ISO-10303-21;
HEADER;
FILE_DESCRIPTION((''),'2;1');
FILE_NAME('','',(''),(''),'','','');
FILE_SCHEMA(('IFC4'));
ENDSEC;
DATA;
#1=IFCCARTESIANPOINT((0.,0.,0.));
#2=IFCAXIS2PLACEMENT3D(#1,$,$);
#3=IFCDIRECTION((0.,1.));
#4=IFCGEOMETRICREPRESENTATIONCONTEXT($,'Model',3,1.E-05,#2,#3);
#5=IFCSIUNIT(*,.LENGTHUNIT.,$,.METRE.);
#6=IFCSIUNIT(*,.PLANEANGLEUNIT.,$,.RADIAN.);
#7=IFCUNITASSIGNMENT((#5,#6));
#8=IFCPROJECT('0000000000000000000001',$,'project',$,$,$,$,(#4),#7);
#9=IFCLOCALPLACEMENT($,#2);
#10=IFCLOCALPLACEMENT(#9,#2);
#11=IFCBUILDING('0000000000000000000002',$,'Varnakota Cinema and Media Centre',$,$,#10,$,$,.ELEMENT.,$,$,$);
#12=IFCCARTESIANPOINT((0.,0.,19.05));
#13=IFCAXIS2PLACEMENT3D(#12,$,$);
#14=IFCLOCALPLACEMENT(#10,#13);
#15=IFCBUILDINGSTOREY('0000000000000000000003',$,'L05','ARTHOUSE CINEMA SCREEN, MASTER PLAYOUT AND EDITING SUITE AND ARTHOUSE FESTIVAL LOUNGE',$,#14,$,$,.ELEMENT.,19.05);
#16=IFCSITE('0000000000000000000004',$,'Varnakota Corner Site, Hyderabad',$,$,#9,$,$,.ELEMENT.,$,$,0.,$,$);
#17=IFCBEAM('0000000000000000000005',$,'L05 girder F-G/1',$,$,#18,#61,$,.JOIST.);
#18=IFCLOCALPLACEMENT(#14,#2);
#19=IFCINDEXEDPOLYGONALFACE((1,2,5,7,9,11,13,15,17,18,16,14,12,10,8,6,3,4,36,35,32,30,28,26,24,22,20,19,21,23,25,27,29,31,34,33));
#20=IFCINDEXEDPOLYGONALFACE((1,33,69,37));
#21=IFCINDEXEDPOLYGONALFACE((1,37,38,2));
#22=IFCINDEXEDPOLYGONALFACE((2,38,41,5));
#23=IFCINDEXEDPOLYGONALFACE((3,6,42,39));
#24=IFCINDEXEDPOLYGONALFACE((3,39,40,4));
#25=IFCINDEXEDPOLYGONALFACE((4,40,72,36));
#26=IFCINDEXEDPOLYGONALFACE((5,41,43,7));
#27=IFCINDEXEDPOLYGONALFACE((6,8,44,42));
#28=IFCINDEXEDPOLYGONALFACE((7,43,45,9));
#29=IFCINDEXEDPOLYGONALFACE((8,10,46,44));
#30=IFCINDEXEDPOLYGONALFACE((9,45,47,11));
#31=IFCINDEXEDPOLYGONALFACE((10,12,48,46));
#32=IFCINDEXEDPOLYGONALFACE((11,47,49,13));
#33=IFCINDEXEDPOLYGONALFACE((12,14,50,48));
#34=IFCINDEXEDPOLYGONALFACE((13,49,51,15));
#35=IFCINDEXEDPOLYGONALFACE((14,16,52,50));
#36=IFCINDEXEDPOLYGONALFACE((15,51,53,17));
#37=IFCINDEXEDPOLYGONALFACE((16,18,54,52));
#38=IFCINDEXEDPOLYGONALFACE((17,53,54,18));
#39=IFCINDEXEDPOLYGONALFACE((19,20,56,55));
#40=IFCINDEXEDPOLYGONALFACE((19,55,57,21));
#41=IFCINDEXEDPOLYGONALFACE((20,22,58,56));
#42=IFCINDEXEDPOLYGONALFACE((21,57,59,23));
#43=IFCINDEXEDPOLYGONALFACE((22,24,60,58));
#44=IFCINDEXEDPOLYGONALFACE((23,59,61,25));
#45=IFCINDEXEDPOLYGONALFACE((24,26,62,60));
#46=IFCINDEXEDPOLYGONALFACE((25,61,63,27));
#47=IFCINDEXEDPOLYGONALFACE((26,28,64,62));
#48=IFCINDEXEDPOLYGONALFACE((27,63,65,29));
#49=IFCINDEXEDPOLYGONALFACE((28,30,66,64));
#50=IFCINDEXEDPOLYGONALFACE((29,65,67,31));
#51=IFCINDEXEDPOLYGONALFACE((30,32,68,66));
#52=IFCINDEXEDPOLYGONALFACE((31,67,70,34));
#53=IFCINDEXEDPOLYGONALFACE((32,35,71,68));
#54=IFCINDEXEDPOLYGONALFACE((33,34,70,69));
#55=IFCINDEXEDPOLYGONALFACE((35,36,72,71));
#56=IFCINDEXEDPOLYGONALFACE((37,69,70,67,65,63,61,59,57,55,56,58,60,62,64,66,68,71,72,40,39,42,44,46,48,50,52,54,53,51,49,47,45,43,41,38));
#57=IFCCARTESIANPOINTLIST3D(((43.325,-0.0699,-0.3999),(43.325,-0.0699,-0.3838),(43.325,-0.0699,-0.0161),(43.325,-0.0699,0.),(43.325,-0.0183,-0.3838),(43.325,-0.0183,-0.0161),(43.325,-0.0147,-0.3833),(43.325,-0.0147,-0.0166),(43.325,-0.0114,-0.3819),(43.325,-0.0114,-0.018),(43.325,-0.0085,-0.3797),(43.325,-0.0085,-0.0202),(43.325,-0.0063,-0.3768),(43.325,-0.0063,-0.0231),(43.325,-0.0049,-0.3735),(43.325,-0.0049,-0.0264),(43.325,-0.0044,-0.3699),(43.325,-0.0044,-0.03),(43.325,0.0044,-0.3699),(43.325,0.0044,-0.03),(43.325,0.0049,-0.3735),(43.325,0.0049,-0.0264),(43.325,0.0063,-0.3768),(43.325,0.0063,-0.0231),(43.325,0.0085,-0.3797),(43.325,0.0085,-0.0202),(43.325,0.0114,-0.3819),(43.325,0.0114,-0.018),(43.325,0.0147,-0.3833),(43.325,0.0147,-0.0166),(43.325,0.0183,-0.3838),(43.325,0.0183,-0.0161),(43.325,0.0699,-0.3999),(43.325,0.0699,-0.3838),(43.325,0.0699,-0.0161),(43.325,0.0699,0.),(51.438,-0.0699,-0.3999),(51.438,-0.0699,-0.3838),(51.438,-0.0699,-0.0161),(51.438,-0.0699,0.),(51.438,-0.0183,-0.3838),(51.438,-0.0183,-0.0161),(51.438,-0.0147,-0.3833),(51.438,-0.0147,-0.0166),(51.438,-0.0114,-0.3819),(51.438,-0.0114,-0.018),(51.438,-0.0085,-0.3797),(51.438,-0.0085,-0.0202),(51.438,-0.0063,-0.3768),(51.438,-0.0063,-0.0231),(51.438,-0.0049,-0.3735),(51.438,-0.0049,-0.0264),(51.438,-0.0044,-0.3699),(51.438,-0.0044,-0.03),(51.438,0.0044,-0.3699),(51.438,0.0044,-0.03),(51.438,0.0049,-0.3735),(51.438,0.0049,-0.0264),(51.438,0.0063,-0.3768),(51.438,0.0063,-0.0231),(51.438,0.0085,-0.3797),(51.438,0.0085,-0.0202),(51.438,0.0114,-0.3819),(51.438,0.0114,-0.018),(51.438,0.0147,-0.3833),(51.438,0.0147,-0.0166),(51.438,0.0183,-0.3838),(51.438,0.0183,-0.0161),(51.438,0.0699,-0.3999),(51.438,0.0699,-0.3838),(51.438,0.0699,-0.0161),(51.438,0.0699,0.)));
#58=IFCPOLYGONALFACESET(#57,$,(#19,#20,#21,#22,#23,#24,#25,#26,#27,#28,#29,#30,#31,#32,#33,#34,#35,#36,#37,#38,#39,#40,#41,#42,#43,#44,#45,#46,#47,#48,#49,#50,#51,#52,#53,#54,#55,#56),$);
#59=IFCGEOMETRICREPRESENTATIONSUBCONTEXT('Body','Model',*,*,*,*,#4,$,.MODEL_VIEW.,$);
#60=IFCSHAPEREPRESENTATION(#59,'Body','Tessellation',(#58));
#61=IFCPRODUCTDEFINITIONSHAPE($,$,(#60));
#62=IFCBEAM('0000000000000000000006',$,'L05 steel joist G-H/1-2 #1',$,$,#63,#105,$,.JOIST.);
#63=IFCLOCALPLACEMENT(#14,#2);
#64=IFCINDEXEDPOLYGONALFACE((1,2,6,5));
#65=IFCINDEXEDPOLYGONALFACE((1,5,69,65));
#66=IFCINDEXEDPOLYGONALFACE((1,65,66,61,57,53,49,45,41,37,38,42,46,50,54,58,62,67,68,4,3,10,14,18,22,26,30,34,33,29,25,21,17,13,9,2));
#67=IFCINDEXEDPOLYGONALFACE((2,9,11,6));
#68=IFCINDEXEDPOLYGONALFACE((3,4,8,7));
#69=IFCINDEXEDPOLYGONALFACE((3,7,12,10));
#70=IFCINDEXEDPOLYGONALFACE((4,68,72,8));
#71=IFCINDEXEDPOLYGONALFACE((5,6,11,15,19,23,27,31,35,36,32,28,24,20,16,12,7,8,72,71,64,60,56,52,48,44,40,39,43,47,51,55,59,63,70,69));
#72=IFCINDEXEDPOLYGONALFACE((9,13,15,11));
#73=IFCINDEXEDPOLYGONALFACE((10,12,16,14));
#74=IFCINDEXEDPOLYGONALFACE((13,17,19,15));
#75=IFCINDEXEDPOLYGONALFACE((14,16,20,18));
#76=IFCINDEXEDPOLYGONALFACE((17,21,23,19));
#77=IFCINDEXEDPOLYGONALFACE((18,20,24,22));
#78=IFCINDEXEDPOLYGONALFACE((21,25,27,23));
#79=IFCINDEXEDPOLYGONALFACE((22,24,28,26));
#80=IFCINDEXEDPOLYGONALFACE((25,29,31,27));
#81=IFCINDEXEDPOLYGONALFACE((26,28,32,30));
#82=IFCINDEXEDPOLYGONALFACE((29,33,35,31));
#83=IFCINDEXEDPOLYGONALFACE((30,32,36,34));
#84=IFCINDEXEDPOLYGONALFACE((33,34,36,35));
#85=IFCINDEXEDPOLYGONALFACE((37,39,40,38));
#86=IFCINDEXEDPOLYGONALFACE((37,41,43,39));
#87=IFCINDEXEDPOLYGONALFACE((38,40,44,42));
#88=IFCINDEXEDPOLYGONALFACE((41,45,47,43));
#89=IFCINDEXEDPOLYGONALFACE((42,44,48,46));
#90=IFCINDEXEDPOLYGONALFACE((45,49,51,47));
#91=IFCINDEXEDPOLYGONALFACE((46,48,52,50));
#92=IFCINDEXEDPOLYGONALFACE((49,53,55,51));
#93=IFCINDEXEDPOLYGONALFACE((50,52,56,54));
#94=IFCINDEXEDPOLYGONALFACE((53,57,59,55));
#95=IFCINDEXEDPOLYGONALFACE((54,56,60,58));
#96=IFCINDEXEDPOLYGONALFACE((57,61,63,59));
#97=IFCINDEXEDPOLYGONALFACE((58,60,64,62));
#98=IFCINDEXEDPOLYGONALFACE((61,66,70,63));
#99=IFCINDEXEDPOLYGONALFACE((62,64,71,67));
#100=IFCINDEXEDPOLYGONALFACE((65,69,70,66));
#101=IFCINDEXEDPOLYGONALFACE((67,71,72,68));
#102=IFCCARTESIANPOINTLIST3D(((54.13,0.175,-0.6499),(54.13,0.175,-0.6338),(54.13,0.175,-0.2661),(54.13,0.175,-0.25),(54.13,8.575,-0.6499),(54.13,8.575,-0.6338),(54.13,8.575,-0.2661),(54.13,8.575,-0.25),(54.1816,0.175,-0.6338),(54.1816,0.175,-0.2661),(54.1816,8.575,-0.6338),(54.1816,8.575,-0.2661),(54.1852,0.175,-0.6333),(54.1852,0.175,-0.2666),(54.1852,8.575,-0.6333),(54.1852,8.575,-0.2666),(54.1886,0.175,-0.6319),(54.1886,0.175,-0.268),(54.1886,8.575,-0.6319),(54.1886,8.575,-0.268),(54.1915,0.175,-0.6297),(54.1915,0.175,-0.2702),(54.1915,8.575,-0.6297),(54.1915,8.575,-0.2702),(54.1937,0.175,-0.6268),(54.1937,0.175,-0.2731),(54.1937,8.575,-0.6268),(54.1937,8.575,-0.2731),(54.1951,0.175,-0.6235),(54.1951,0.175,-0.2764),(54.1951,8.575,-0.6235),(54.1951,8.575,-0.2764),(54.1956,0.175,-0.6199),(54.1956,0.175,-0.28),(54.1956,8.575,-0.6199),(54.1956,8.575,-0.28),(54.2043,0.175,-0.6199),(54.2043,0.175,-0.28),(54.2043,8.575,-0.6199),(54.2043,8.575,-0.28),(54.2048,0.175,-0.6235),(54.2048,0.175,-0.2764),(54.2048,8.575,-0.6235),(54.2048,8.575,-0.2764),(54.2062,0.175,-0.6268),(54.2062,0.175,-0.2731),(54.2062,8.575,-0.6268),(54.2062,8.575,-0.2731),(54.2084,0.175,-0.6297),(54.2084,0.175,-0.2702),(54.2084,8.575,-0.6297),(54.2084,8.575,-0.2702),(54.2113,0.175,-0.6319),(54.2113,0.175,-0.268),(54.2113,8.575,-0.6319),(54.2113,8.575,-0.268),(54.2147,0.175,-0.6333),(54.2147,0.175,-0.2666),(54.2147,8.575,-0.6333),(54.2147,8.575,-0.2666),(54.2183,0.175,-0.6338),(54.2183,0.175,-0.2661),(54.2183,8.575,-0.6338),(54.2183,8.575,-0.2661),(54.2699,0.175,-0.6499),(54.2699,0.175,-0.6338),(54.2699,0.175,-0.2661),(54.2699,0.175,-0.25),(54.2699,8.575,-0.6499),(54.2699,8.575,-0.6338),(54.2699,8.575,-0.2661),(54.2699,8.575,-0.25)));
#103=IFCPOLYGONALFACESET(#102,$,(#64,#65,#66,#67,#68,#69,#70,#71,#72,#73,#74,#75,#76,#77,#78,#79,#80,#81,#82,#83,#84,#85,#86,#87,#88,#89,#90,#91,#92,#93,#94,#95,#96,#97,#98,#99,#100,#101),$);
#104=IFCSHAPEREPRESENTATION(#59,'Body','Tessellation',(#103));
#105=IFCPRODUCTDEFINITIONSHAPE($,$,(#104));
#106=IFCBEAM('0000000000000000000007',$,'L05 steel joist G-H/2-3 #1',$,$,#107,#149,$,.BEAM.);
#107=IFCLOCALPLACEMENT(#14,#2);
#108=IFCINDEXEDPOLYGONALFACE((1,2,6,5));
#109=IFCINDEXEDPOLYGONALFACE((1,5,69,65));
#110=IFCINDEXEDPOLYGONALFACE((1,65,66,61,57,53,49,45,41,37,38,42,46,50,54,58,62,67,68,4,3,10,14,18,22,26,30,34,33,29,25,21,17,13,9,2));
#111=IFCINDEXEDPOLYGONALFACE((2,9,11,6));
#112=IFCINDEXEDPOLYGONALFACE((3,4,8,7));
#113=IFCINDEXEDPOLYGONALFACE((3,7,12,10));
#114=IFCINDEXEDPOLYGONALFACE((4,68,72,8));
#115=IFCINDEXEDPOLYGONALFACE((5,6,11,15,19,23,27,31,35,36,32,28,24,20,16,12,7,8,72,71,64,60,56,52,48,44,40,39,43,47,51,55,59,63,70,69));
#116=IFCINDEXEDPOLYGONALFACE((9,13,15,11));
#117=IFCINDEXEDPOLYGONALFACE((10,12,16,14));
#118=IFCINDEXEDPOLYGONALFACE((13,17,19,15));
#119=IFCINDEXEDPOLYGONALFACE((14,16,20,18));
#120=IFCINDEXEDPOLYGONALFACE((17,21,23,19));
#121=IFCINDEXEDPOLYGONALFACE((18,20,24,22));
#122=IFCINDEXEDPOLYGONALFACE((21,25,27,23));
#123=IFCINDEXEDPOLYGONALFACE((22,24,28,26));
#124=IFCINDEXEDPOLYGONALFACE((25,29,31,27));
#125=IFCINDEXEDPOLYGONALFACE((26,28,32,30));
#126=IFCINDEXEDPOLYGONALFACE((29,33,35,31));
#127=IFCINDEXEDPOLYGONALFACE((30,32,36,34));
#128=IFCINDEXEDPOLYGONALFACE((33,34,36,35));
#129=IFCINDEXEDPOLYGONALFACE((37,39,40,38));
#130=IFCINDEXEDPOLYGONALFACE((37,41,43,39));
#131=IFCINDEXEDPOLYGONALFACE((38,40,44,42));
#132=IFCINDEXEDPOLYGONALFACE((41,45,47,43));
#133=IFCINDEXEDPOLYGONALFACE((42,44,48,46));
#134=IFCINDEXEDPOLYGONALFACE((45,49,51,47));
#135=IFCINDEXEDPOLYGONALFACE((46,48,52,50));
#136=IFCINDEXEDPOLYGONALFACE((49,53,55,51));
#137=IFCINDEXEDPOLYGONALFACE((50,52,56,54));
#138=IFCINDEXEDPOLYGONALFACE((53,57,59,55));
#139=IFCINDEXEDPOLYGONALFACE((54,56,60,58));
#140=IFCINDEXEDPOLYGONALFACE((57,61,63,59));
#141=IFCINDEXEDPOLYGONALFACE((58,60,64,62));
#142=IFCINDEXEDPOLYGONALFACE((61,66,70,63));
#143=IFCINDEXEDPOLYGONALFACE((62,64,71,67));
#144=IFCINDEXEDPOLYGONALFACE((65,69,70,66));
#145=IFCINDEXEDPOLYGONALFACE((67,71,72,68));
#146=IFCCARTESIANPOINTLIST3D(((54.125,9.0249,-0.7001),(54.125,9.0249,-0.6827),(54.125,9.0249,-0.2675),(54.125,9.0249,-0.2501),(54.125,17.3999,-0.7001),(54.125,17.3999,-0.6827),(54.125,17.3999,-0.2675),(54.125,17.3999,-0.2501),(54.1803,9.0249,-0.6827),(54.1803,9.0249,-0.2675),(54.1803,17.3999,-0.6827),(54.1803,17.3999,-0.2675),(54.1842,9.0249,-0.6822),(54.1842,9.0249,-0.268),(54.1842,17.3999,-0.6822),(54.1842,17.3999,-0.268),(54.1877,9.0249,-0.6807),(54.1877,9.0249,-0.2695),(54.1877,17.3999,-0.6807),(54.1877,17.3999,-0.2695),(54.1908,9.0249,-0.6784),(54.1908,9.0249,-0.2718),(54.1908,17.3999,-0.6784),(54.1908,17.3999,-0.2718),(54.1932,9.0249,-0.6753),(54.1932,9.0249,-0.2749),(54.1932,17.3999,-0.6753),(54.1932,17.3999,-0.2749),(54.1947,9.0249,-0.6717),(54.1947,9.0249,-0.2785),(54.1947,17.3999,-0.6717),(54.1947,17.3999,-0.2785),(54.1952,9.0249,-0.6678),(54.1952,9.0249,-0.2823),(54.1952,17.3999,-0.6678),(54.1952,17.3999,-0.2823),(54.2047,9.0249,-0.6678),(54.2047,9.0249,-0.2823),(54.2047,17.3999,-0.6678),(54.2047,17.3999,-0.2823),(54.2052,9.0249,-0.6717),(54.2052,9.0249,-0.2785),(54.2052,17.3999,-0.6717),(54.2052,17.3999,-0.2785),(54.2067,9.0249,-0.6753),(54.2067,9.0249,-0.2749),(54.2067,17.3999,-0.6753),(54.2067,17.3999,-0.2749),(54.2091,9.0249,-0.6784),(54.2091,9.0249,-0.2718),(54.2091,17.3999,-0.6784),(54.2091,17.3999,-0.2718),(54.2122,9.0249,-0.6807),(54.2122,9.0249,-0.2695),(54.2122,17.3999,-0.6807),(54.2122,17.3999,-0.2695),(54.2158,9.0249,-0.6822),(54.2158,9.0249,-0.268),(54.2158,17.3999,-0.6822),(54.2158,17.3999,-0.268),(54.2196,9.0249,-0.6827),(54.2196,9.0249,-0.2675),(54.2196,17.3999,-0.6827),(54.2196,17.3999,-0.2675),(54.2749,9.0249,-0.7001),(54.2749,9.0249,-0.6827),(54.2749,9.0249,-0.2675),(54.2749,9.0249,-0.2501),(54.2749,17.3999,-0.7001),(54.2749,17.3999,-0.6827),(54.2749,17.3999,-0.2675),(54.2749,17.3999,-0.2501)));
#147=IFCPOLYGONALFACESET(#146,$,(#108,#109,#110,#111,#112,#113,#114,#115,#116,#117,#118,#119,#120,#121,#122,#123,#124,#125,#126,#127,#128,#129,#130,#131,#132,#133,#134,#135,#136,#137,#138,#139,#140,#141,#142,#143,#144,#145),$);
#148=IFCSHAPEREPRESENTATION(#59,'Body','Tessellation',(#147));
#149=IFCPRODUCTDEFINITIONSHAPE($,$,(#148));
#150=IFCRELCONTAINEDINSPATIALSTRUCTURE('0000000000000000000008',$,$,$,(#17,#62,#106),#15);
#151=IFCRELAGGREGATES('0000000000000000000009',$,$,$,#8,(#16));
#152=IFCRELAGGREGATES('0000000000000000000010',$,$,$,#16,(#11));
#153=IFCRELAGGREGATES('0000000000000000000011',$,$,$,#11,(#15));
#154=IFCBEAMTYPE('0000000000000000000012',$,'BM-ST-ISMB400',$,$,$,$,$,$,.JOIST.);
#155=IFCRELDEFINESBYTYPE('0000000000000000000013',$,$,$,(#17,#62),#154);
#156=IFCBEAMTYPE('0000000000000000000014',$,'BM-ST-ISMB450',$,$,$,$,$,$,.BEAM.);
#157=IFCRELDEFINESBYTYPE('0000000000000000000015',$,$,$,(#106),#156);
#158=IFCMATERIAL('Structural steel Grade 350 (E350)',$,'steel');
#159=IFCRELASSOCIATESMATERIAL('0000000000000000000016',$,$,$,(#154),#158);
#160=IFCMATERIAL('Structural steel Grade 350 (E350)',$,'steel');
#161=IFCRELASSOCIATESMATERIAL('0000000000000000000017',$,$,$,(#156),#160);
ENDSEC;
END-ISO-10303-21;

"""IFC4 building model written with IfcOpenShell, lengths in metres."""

from ifc_helpers import new_model, si_unit, direction, frame, origin, origin_2d, place, context, subcontext, project, spatial, i_section, extrude, material, material_profile, profile_set, type_object, element, save


model = new_model("IFC4")

# Units and contexts
model_context = context("Model", 3, precision=1e-05, world=origin(), true_north=direction((0.0, 1.0)))
body_context = subcontext(model_context, "Body", "Model", "MODEL_VIEW")
ifc_project = project(units=[si_unit("LENGTHUNIT", "METRE"), si_unit("PLANEANGLEUNIT", "RADIAN")], contexts=[model_context])

# Site, building, storey
site_placement = place(None, origin())
site = spatial("IfcSite", under=ifc_project, at=site_placement, Name="Varnakota Corner Site, Hyderabad", CompositionType="ELEMENT", RefElevation=0.0)
building_placement = place(site_placement, origin())
building = spatial("IfcBuilding", under=site, at=building_placement, Name="Varnakota Cinema and Media Centre", CompositionType="ELEMENT")
storey_placement = place(building_placement, frame((0.0, 0.0, 19.05)))
storey = spatial("IfcBuildingStorey", under=building, at=storey_placement, Name="L05", Description="ARTHOUSE CINEMA SCREEN, MASTER PLAYOUT AND EDITING SUITE AND ARTHOUSE FESTIVAL LOUNGE", CompositionType="ELEMENT", Elevation=19.05)

# Beams
ifc_material_1 = material(Name="Structural steel Grade 350 (E350)", Category="steel")
ifc_material_profile_1 = material_profile(ifc_material_1, i_section(OverallWidth=0.1399, OverallDepth=0.3999, WebThickness=0.0088, FlangeThickness=0.0161, FilletRadius=0.0139, at=origin_2d()), Name="ISMB 400")
ifc_profile_set_1 = profile_set([ifc_material_profile_1], Name="Structural steel Grade 350 (E350)")
beam_type_1 = type_object("IfcBeamType", Name="BM-ST-ISMB400", PredefinedType="JOIST", material=ifc_profile_set_1)
beam_1_placement = place(storey_placement, frame((43.325, 0.0, -0.2), z_axis=(1.0, 0.0, 0.0), x_axis=(0.0, 1.0, 0.0)))
element("IfcBeam", 1, at=beam_1_placement, inside=storey, type_object=beam_type_1, Name="L05 girder F-G/1", PredefinedType="JOIST", context=body_context, shape_type="SweptSolid", body=[
    extrude(i_section(OverallWidth=0.1399, OverallDepth=0.3999, WebThickness=0.0088, FlangeThickness=0.0161, FilletRadius=0.0139, at=origin_2d()), origin(), (0.0, 0.0, 1.0), 8.113),
])
beam_2_placement = place(storey_placement, frame((54.2, 0.175, -0.45), z_axis=(0.0, 1.0, 0.0), x_axis=(-1.0, 0.0, 0.0)))
element("IfcBeam", 2, at=beam_2_placement, inside=storey, type_object=beam_type_1, Name="L05 steel joist G-H/1-2 #1", PredefinedType="JOIST", context=body_context, shape_type="SweptSolid", body=[
    extrude(i_section(OverallWidth=0.1399, OverallDepth=0.3999, WebThickness=0.0088, FlangeThickness=0.0161, FilletRadius=0.0139, at=origin_2d()), origin(), (0.0, 0.0, 1.0), 8.3999),
])
ifc_material_2 = material(Name="Structural steel Grade 350 (E350)", Category="steel")
ifc_material_profile_2 = material_profile(ifc_material_2, i_section(OverallWidth=0.1499, OverallDepth=0.45, WebThickness=0.0095, FlangeThickness=0.0173, FilletRadius=0.0149, at=origin_2d()), Name="ISMB 450")
ifc_profile_set_2 = profile_set([ifc_material_profile_2], Name="Structural steel Grade 350 (E350)")
beam_type_2 = type_object("IfcBeamType", Name="BM-ST-ISMB450", PredefinedType="BEAM", material=ifc_profile_set_2)
beam_3_placement = place(storey_placement, frame((54.2, 9.0249, -0.4751), z_axis=(0.0, 1.0, 0.0), x_axis=(-1.0, 0.0, 0.0)))
element("IfcBeam", 3, at=beam_3_placement, inside=storey, type_object=beam_type_2, Name="L05 steel joist G-H/2-3 #1", PredefinedType="BEAM", context=body_context, shape_type="SweptSolid", body=[
    extrude(i_section(OverallWidth=0.1499, OverallDepth=0.45, WebThickness=0.0095, FlangeThickness=0.0173, FilletRadius=0.0149, at=origin_2d()), origin(), (0.0, 0.0, 1.0), 8.375),
])

save(model, "model.ifc")
